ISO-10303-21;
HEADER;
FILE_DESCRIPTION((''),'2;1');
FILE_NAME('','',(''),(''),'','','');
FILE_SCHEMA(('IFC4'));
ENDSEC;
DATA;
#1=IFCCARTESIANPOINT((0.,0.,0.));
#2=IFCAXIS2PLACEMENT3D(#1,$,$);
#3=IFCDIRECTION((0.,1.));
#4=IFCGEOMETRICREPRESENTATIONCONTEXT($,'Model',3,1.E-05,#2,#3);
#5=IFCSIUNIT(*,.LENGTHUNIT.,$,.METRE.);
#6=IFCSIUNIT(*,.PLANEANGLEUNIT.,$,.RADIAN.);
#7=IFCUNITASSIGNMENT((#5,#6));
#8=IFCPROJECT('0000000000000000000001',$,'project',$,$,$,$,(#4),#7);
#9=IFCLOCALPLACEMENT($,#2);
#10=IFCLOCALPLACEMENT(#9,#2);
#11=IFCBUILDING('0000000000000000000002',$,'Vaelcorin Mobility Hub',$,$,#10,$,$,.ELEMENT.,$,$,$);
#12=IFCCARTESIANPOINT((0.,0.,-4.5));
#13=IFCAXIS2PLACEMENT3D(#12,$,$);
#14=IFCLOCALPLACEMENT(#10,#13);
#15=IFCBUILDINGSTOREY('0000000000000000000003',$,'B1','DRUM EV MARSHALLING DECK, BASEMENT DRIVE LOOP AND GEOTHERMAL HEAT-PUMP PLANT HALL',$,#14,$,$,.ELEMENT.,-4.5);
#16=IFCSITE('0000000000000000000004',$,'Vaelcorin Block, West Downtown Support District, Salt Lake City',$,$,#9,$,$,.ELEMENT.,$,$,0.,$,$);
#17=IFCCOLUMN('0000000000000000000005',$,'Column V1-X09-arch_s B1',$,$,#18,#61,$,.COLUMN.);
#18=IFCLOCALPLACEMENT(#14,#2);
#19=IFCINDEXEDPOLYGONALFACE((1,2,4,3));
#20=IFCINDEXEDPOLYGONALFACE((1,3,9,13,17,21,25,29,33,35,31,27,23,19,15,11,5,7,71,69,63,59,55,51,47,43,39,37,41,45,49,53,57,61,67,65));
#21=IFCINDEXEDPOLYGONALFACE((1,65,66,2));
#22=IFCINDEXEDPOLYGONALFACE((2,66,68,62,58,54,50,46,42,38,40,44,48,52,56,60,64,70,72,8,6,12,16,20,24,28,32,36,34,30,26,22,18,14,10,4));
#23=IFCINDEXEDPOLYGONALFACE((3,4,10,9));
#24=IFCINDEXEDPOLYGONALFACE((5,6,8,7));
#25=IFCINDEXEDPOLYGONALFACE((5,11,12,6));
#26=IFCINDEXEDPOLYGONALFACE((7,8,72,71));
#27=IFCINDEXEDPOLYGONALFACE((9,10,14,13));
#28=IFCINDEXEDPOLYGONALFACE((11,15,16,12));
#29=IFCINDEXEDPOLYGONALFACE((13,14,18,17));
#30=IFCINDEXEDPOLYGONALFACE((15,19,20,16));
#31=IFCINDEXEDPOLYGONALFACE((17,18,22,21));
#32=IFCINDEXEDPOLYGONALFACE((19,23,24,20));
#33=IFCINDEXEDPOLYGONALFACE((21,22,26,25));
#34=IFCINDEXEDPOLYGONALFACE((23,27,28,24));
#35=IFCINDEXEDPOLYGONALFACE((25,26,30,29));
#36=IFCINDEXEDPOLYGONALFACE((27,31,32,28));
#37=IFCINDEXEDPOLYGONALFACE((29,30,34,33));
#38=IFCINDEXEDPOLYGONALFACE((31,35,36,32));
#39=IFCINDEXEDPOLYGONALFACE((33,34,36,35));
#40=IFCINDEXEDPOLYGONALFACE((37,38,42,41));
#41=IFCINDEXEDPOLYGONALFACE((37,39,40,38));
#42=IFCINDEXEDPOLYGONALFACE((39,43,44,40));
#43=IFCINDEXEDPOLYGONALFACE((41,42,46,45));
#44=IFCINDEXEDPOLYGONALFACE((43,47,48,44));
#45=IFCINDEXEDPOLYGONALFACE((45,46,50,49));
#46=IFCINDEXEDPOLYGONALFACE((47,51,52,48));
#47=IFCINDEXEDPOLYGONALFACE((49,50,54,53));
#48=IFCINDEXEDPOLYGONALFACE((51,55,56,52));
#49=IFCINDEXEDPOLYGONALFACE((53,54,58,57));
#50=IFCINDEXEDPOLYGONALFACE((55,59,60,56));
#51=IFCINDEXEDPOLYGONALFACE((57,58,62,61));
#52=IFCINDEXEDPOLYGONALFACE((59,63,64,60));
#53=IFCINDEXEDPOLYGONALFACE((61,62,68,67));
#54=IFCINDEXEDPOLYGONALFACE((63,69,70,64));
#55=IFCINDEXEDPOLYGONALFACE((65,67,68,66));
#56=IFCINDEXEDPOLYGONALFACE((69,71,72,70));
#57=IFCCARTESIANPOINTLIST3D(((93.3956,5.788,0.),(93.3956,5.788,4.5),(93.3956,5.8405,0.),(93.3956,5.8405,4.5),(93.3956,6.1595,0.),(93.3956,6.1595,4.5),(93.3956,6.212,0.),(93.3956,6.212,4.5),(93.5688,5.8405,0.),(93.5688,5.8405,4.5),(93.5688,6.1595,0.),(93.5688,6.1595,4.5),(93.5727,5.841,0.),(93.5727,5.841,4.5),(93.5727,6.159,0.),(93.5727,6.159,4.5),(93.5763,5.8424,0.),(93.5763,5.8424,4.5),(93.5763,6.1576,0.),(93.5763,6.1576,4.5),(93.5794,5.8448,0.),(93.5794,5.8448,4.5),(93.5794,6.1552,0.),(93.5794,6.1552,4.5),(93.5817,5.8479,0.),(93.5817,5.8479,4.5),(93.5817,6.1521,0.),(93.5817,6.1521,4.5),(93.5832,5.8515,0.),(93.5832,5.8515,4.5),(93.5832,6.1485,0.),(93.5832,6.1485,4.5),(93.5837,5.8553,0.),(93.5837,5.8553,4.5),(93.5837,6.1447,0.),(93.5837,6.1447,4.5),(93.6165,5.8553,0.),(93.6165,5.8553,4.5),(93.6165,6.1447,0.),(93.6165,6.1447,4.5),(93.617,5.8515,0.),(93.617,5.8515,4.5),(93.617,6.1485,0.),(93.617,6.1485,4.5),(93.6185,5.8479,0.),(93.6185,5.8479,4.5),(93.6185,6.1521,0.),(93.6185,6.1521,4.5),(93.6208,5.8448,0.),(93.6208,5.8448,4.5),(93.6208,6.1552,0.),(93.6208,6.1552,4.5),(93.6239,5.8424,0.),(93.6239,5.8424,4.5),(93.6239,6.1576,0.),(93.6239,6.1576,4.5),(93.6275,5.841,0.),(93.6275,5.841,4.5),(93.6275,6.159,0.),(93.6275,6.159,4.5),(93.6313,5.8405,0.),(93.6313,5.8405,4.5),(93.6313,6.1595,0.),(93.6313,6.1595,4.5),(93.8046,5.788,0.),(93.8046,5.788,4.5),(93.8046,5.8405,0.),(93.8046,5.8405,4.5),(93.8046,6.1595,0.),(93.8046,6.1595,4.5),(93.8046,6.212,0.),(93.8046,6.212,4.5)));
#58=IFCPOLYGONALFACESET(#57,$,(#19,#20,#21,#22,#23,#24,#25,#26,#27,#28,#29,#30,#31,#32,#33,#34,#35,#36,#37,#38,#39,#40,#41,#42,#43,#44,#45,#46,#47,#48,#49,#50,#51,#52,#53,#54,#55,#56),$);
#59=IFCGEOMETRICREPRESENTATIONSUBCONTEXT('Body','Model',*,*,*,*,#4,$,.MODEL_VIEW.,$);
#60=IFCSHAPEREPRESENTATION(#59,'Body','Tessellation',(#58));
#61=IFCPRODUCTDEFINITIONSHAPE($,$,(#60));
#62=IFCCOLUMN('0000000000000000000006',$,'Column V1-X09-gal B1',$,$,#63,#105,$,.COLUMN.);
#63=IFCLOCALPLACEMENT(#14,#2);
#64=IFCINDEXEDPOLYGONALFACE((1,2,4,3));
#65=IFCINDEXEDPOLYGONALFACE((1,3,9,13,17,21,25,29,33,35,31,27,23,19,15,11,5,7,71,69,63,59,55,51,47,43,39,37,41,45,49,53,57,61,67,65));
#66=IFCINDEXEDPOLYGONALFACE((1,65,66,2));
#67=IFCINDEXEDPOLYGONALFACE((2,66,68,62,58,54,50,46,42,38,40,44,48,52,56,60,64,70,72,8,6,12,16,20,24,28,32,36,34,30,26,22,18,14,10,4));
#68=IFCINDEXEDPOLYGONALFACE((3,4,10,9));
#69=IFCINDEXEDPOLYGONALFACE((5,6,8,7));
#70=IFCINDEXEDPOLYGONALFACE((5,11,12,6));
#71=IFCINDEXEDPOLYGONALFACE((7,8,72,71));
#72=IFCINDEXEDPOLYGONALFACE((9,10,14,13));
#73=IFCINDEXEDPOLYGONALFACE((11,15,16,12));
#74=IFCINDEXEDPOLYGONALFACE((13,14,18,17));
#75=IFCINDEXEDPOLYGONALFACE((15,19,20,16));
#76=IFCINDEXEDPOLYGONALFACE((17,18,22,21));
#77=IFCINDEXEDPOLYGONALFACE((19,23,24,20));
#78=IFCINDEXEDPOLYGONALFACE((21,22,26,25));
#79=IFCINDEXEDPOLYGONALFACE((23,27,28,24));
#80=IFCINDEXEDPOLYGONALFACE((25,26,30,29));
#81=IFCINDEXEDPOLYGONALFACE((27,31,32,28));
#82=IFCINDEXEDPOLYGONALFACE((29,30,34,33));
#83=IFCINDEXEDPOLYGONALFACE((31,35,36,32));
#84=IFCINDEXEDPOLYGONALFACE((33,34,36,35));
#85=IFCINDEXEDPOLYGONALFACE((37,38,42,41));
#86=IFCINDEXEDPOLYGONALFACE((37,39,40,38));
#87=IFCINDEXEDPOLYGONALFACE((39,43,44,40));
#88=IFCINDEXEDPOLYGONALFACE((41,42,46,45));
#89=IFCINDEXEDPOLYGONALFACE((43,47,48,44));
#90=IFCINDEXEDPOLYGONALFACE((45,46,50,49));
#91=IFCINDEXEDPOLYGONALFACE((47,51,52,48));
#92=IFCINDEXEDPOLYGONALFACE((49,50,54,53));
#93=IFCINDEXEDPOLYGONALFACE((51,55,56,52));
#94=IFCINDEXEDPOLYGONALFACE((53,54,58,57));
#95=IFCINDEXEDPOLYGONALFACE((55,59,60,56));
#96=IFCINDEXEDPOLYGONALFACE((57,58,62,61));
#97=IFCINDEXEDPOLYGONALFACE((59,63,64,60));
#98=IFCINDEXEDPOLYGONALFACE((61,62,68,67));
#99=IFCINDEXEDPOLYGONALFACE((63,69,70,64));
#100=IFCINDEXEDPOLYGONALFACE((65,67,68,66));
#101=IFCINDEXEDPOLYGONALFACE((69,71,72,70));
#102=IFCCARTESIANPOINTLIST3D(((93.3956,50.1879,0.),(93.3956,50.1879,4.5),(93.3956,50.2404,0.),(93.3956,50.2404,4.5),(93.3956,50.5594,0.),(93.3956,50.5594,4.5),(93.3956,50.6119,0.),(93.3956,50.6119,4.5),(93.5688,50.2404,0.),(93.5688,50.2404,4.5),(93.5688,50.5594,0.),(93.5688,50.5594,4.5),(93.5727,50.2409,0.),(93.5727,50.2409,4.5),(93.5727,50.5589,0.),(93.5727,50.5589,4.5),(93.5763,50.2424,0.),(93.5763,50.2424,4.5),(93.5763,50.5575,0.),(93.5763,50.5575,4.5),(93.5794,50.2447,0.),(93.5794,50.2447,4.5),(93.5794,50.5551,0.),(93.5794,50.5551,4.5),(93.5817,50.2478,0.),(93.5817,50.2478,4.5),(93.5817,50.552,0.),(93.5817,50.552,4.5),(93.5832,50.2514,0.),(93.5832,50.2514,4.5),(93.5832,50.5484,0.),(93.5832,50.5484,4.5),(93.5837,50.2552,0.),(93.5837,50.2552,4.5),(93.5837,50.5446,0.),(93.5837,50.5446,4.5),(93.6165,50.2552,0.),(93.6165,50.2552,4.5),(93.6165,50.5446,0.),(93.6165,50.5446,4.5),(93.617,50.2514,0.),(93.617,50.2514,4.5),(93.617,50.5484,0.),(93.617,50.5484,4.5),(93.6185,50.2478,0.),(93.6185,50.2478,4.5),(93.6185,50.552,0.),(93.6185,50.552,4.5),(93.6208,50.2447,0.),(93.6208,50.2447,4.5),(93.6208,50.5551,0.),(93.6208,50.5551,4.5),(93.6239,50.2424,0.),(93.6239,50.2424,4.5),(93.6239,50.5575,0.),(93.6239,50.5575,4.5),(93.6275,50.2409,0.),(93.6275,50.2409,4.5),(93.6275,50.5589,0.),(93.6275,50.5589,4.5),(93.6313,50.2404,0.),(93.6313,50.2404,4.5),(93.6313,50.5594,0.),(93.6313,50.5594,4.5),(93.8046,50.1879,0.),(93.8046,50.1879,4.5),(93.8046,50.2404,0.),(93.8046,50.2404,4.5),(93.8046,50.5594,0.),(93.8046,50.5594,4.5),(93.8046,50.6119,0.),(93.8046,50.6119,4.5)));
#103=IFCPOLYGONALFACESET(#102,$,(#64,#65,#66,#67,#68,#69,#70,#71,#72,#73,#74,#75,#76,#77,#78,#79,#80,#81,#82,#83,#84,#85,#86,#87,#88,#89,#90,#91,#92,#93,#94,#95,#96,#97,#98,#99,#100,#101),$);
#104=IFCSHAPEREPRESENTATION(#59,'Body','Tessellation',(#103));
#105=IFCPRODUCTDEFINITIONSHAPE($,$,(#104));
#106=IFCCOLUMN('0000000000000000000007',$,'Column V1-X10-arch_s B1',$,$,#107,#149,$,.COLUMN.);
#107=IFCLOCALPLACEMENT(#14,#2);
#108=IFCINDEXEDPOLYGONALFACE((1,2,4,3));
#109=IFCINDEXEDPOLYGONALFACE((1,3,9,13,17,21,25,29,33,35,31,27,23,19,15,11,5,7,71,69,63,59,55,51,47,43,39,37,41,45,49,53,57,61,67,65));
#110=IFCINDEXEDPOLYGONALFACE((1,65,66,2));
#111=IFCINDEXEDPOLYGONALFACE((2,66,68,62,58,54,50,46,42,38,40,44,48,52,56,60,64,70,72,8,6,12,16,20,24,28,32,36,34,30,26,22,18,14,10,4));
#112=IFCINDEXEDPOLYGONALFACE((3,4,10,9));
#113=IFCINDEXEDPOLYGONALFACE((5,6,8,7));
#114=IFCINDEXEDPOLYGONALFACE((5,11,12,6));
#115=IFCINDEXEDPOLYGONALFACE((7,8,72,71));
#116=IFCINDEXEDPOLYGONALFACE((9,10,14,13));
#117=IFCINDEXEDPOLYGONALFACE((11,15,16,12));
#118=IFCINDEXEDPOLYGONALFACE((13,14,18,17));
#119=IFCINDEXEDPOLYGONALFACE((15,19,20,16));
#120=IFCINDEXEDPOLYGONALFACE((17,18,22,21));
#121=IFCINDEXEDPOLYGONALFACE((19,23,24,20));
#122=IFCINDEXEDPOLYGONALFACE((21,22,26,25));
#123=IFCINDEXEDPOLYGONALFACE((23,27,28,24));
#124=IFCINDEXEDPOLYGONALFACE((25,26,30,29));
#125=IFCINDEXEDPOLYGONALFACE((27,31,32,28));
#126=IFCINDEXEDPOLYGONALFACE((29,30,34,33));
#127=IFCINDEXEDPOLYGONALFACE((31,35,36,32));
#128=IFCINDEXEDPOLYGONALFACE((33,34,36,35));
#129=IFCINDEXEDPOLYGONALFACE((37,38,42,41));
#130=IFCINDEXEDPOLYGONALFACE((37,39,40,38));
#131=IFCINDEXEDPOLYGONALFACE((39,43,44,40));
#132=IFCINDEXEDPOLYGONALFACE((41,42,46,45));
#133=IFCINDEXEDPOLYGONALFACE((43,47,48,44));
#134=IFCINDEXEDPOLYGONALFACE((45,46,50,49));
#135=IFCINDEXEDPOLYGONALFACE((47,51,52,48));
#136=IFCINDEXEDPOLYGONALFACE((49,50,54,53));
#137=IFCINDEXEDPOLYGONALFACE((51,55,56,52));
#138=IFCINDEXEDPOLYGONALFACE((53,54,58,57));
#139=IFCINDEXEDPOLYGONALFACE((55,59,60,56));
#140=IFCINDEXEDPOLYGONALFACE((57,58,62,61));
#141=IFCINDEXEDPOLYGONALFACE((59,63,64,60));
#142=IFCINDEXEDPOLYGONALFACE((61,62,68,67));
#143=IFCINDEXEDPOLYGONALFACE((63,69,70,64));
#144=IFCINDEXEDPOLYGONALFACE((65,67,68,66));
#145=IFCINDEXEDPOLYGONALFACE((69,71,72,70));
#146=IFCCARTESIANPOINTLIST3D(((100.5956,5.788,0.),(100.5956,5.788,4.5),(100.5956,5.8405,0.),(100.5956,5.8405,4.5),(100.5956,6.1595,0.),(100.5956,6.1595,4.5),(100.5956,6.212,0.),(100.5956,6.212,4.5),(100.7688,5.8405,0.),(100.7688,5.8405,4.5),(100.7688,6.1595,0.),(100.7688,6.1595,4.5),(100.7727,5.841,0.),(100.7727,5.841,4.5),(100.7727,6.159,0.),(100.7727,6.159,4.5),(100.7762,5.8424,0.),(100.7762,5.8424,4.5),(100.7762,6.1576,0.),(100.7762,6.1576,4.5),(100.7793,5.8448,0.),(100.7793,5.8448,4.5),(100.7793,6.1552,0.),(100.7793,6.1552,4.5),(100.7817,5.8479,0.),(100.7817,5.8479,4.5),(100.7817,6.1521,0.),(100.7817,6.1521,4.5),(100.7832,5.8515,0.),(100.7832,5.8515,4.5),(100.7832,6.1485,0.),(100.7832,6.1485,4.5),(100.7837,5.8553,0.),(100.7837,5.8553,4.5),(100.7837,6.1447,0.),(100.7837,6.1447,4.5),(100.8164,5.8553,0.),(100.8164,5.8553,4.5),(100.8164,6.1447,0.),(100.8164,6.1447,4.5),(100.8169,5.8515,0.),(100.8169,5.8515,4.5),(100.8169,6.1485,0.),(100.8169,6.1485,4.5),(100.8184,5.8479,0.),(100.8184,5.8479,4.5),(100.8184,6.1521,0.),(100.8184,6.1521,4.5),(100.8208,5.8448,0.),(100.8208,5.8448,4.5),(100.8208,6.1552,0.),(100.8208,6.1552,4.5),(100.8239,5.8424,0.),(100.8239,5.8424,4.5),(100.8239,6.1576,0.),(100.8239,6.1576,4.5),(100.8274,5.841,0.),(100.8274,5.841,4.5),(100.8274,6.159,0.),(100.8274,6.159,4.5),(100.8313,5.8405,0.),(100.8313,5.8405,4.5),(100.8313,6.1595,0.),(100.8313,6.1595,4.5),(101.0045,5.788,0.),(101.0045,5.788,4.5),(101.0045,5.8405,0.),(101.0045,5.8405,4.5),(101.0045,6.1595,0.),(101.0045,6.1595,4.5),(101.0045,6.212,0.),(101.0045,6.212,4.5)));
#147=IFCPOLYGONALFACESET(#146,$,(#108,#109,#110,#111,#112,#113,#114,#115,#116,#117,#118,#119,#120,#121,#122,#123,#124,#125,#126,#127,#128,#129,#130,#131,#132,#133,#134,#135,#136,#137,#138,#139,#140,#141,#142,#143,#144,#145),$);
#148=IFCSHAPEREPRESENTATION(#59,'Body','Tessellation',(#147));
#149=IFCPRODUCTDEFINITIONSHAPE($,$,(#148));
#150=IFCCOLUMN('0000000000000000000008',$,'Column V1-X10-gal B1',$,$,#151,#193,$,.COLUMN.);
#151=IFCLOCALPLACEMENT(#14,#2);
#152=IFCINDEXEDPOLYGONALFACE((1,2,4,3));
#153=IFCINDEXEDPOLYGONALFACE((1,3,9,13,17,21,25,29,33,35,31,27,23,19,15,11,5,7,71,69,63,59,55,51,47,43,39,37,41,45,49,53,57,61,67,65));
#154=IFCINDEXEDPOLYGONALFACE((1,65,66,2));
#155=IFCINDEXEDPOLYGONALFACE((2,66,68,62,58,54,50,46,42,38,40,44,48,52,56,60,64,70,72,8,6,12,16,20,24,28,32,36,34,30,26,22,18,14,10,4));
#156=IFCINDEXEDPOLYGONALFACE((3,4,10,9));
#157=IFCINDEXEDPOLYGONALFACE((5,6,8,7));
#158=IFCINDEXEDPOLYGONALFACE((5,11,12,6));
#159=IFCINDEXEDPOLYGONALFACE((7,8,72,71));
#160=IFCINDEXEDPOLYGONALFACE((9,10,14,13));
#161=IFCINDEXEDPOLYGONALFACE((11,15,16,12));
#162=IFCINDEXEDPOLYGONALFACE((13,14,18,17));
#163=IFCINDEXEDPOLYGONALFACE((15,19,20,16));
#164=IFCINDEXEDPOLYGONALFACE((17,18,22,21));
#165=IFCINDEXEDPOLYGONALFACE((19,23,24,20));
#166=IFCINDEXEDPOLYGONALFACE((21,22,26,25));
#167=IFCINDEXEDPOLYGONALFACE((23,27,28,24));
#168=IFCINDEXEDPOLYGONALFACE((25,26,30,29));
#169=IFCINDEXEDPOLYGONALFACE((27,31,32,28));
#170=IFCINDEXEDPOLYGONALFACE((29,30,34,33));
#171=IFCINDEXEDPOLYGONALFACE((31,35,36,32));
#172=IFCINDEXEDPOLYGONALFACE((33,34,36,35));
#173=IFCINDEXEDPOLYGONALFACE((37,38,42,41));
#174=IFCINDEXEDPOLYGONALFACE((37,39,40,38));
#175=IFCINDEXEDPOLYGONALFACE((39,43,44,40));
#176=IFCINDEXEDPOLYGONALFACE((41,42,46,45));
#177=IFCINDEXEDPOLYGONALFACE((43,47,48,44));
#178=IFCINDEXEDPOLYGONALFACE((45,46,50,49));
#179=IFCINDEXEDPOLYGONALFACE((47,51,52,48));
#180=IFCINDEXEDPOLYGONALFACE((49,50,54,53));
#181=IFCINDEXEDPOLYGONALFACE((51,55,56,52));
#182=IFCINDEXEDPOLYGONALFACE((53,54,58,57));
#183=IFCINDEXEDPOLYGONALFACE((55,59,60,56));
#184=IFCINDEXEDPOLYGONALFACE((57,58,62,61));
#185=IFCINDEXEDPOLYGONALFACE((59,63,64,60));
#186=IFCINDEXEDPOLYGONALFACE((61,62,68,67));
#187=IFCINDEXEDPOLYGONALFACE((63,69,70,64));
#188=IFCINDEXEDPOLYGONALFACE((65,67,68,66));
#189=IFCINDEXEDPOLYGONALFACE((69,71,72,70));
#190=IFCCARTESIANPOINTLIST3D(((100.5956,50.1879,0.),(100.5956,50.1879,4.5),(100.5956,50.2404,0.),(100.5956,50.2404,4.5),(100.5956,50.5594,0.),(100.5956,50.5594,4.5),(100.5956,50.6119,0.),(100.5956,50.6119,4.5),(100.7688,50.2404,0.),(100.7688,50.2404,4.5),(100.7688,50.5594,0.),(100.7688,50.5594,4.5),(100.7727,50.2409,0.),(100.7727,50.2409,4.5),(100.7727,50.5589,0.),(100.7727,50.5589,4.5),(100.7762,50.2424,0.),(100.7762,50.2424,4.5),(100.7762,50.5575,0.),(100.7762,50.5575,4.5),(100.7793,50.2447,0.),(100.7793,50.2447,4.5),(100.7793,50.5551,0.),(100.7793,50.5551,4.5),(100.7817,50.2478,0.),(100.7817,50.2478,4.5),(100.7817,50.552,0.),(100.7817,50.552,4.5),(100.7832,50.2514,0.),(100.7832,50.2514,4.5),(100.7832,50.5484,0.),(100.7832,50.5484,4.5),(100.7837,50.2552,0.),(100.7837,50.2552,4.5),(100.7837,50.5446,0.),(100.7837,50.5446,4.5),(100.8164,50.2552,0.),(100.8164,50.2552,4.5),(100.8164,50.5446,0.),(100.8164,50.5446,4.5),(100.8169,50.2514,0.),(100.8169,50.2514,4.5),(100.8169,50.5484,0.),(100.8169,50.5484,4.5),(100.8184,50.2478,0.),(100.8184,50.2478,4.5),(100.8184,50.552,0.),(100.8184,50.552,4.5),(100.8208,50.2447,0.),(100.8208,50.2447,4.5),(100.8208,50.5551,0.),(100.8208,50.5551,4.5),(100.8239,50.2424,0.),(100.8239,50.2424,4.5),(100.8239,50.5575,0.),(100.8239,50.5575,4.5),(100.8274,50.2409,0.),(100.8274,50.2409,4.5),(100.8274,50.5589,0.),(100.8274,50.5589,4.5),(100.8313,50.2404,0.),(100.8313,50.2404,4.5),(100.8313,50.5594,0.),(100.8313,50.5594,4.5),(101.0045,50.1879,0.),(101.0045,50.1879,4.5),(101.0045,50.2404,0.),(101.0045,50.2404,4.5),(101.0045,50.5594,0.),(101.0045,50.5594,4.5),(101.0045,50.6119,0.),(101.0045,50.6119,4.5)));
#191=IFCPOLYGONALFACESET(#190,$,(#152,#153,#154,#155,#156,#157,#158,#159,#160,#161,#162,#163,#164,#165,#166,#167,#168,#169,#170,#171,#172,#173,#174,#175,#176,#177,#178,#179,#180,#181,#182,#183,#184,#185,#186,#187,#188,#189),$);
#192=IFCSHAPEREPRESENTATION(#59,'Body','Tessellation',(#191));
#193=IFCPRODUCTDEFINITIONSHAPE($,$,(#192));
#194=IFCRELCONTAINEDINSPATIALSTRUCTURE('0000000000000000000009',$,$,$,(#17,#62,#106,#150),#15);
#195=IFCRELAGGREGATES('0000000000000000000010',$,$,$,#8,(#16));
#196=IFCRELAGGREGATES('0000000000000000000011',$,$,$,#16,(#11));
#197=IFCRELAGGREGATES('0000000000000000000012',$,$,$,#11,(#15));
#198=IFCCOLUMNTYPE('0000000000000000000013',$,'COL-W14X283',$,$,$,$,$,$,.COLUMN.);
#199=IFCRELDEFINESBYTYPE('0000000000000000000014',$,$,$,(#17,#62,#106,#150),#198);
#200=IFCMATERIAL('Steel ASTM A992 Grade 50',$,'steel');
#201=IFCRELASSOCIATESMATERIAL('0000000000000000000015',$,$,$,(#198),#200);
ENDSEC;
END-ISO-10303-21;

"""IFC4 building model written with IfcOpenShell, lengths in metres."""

from ifc_helpers import new_model, si_unit, direction, frame, origin, origin_2d, place, context, subcontext, project, spatial, i_section, extrude, material, material_profile, profile_set, type_object, element, save


model = new_model("IFC4")

# Units and contexts
model_context = context("Model", 3, precision=1e-05, world=origin(), true_north=direction((0.0, 1.0)))
body_context = subcontext(model_context, "Body", "Model", "MODEL_VIEW")
ifc_project = project(units=[si_unit("LENGTHUNIT", "METRE"), si_unit("PLANEANGLEUNIT", "RADIAN")], contexts=[model_context])

# Site, building, storey
site_placement = place(None, origin())
site = spatial("IfcSite", under=ifc_project, at=site_placement, Name="Vaelcorin Block, West Downtown Support District, Salt Lake City", CompositionType="ELEMENT", RefElevation=0.0)
building_placement = place(site_placement, origin())
building = spatial("IfcBuilding", under=site, at=building_placement, Name="Vaelcorin Mobility Hub", CompositionType="ELEMENT")
storey_placement = place(building_placement, frame((0.0, 0.0, -4.5)))
storey = spatial("IfcBuildingStorey", under=building, at=storey_placement, Name="B1", Description="DRUM EV MARSHALLING DECK, BASEMENT DRIVE LOOP AND GEOTHERMAL HEAT-PUMP PLANT HALL", CompositionType="ELEMENT", Elevation=-4.5)

# Columns
ifc_material_1 = material(Name="Steel ASTM A992 Grade 50", Category="steel")
ifc_material_profile_1 = material_profile(ifc_material_1, i_section(OverallWidth=0.4089, OverallDepth=0.4241, WebThickness=0.0327, FlangeThickness=0.0525, FilletRadius=0.0149, at=origin_2d()), Name="W14X283")
ifc_profile_set_1 = profile_set([ifc_material_profile_1], Name="Steel ASTM A992 Grade 50")
column_type_1 = type_object("IfcColumnType", Name="COL-W14X283", PredefinedType="COLUMN", material=ifc_profile_set_1)
for number, where, z_axis, x_axis, name in (
    (1, (93.6001, 6.0, 0.0), (0.0, 0.0, 1.0), (1.0, 0.0, 0.0), "Column V1-X09-arch_s B1"),
    (2, (93.6001, 50.3999, 0.0), (0.0, 0.0, 1.0), (1.0, 0.0, 0.0), "Column V1-X09-gal B1"),
    (3, (100.8, 6.0, 0.0), (0.0, 0.0, 1.0), (1.0, 0.0, 0.0), "Column V1-X10-arch_s B1"),
    (4, (100.8, 50.3999, 0.0), (0.0, 0.0, 1.0), (1.0, 0.0, 0.0), "Column V1-X10-gal B1"),
):
    element("IfcColumn", number, at=place(storey_placement, frame(where, z_axis=z_axis, x_axis=x_axis)), inside=storey, type_object=column_type_1, Name=name, PredefinedType="COLUMN", context=body_context, shape_type="SweptSolid", body=[
        extrude(i_section(OverallWidth=0.4089, OverallDepth=0.4241, WebThickness=0.0327, FlangeThickness=0.0525, FilletRadius=0.0149, at=origin_2d()), origin(), (0.0, 0.0, 1.0), 4.5),
    ])

save(model, "model.ifc")
